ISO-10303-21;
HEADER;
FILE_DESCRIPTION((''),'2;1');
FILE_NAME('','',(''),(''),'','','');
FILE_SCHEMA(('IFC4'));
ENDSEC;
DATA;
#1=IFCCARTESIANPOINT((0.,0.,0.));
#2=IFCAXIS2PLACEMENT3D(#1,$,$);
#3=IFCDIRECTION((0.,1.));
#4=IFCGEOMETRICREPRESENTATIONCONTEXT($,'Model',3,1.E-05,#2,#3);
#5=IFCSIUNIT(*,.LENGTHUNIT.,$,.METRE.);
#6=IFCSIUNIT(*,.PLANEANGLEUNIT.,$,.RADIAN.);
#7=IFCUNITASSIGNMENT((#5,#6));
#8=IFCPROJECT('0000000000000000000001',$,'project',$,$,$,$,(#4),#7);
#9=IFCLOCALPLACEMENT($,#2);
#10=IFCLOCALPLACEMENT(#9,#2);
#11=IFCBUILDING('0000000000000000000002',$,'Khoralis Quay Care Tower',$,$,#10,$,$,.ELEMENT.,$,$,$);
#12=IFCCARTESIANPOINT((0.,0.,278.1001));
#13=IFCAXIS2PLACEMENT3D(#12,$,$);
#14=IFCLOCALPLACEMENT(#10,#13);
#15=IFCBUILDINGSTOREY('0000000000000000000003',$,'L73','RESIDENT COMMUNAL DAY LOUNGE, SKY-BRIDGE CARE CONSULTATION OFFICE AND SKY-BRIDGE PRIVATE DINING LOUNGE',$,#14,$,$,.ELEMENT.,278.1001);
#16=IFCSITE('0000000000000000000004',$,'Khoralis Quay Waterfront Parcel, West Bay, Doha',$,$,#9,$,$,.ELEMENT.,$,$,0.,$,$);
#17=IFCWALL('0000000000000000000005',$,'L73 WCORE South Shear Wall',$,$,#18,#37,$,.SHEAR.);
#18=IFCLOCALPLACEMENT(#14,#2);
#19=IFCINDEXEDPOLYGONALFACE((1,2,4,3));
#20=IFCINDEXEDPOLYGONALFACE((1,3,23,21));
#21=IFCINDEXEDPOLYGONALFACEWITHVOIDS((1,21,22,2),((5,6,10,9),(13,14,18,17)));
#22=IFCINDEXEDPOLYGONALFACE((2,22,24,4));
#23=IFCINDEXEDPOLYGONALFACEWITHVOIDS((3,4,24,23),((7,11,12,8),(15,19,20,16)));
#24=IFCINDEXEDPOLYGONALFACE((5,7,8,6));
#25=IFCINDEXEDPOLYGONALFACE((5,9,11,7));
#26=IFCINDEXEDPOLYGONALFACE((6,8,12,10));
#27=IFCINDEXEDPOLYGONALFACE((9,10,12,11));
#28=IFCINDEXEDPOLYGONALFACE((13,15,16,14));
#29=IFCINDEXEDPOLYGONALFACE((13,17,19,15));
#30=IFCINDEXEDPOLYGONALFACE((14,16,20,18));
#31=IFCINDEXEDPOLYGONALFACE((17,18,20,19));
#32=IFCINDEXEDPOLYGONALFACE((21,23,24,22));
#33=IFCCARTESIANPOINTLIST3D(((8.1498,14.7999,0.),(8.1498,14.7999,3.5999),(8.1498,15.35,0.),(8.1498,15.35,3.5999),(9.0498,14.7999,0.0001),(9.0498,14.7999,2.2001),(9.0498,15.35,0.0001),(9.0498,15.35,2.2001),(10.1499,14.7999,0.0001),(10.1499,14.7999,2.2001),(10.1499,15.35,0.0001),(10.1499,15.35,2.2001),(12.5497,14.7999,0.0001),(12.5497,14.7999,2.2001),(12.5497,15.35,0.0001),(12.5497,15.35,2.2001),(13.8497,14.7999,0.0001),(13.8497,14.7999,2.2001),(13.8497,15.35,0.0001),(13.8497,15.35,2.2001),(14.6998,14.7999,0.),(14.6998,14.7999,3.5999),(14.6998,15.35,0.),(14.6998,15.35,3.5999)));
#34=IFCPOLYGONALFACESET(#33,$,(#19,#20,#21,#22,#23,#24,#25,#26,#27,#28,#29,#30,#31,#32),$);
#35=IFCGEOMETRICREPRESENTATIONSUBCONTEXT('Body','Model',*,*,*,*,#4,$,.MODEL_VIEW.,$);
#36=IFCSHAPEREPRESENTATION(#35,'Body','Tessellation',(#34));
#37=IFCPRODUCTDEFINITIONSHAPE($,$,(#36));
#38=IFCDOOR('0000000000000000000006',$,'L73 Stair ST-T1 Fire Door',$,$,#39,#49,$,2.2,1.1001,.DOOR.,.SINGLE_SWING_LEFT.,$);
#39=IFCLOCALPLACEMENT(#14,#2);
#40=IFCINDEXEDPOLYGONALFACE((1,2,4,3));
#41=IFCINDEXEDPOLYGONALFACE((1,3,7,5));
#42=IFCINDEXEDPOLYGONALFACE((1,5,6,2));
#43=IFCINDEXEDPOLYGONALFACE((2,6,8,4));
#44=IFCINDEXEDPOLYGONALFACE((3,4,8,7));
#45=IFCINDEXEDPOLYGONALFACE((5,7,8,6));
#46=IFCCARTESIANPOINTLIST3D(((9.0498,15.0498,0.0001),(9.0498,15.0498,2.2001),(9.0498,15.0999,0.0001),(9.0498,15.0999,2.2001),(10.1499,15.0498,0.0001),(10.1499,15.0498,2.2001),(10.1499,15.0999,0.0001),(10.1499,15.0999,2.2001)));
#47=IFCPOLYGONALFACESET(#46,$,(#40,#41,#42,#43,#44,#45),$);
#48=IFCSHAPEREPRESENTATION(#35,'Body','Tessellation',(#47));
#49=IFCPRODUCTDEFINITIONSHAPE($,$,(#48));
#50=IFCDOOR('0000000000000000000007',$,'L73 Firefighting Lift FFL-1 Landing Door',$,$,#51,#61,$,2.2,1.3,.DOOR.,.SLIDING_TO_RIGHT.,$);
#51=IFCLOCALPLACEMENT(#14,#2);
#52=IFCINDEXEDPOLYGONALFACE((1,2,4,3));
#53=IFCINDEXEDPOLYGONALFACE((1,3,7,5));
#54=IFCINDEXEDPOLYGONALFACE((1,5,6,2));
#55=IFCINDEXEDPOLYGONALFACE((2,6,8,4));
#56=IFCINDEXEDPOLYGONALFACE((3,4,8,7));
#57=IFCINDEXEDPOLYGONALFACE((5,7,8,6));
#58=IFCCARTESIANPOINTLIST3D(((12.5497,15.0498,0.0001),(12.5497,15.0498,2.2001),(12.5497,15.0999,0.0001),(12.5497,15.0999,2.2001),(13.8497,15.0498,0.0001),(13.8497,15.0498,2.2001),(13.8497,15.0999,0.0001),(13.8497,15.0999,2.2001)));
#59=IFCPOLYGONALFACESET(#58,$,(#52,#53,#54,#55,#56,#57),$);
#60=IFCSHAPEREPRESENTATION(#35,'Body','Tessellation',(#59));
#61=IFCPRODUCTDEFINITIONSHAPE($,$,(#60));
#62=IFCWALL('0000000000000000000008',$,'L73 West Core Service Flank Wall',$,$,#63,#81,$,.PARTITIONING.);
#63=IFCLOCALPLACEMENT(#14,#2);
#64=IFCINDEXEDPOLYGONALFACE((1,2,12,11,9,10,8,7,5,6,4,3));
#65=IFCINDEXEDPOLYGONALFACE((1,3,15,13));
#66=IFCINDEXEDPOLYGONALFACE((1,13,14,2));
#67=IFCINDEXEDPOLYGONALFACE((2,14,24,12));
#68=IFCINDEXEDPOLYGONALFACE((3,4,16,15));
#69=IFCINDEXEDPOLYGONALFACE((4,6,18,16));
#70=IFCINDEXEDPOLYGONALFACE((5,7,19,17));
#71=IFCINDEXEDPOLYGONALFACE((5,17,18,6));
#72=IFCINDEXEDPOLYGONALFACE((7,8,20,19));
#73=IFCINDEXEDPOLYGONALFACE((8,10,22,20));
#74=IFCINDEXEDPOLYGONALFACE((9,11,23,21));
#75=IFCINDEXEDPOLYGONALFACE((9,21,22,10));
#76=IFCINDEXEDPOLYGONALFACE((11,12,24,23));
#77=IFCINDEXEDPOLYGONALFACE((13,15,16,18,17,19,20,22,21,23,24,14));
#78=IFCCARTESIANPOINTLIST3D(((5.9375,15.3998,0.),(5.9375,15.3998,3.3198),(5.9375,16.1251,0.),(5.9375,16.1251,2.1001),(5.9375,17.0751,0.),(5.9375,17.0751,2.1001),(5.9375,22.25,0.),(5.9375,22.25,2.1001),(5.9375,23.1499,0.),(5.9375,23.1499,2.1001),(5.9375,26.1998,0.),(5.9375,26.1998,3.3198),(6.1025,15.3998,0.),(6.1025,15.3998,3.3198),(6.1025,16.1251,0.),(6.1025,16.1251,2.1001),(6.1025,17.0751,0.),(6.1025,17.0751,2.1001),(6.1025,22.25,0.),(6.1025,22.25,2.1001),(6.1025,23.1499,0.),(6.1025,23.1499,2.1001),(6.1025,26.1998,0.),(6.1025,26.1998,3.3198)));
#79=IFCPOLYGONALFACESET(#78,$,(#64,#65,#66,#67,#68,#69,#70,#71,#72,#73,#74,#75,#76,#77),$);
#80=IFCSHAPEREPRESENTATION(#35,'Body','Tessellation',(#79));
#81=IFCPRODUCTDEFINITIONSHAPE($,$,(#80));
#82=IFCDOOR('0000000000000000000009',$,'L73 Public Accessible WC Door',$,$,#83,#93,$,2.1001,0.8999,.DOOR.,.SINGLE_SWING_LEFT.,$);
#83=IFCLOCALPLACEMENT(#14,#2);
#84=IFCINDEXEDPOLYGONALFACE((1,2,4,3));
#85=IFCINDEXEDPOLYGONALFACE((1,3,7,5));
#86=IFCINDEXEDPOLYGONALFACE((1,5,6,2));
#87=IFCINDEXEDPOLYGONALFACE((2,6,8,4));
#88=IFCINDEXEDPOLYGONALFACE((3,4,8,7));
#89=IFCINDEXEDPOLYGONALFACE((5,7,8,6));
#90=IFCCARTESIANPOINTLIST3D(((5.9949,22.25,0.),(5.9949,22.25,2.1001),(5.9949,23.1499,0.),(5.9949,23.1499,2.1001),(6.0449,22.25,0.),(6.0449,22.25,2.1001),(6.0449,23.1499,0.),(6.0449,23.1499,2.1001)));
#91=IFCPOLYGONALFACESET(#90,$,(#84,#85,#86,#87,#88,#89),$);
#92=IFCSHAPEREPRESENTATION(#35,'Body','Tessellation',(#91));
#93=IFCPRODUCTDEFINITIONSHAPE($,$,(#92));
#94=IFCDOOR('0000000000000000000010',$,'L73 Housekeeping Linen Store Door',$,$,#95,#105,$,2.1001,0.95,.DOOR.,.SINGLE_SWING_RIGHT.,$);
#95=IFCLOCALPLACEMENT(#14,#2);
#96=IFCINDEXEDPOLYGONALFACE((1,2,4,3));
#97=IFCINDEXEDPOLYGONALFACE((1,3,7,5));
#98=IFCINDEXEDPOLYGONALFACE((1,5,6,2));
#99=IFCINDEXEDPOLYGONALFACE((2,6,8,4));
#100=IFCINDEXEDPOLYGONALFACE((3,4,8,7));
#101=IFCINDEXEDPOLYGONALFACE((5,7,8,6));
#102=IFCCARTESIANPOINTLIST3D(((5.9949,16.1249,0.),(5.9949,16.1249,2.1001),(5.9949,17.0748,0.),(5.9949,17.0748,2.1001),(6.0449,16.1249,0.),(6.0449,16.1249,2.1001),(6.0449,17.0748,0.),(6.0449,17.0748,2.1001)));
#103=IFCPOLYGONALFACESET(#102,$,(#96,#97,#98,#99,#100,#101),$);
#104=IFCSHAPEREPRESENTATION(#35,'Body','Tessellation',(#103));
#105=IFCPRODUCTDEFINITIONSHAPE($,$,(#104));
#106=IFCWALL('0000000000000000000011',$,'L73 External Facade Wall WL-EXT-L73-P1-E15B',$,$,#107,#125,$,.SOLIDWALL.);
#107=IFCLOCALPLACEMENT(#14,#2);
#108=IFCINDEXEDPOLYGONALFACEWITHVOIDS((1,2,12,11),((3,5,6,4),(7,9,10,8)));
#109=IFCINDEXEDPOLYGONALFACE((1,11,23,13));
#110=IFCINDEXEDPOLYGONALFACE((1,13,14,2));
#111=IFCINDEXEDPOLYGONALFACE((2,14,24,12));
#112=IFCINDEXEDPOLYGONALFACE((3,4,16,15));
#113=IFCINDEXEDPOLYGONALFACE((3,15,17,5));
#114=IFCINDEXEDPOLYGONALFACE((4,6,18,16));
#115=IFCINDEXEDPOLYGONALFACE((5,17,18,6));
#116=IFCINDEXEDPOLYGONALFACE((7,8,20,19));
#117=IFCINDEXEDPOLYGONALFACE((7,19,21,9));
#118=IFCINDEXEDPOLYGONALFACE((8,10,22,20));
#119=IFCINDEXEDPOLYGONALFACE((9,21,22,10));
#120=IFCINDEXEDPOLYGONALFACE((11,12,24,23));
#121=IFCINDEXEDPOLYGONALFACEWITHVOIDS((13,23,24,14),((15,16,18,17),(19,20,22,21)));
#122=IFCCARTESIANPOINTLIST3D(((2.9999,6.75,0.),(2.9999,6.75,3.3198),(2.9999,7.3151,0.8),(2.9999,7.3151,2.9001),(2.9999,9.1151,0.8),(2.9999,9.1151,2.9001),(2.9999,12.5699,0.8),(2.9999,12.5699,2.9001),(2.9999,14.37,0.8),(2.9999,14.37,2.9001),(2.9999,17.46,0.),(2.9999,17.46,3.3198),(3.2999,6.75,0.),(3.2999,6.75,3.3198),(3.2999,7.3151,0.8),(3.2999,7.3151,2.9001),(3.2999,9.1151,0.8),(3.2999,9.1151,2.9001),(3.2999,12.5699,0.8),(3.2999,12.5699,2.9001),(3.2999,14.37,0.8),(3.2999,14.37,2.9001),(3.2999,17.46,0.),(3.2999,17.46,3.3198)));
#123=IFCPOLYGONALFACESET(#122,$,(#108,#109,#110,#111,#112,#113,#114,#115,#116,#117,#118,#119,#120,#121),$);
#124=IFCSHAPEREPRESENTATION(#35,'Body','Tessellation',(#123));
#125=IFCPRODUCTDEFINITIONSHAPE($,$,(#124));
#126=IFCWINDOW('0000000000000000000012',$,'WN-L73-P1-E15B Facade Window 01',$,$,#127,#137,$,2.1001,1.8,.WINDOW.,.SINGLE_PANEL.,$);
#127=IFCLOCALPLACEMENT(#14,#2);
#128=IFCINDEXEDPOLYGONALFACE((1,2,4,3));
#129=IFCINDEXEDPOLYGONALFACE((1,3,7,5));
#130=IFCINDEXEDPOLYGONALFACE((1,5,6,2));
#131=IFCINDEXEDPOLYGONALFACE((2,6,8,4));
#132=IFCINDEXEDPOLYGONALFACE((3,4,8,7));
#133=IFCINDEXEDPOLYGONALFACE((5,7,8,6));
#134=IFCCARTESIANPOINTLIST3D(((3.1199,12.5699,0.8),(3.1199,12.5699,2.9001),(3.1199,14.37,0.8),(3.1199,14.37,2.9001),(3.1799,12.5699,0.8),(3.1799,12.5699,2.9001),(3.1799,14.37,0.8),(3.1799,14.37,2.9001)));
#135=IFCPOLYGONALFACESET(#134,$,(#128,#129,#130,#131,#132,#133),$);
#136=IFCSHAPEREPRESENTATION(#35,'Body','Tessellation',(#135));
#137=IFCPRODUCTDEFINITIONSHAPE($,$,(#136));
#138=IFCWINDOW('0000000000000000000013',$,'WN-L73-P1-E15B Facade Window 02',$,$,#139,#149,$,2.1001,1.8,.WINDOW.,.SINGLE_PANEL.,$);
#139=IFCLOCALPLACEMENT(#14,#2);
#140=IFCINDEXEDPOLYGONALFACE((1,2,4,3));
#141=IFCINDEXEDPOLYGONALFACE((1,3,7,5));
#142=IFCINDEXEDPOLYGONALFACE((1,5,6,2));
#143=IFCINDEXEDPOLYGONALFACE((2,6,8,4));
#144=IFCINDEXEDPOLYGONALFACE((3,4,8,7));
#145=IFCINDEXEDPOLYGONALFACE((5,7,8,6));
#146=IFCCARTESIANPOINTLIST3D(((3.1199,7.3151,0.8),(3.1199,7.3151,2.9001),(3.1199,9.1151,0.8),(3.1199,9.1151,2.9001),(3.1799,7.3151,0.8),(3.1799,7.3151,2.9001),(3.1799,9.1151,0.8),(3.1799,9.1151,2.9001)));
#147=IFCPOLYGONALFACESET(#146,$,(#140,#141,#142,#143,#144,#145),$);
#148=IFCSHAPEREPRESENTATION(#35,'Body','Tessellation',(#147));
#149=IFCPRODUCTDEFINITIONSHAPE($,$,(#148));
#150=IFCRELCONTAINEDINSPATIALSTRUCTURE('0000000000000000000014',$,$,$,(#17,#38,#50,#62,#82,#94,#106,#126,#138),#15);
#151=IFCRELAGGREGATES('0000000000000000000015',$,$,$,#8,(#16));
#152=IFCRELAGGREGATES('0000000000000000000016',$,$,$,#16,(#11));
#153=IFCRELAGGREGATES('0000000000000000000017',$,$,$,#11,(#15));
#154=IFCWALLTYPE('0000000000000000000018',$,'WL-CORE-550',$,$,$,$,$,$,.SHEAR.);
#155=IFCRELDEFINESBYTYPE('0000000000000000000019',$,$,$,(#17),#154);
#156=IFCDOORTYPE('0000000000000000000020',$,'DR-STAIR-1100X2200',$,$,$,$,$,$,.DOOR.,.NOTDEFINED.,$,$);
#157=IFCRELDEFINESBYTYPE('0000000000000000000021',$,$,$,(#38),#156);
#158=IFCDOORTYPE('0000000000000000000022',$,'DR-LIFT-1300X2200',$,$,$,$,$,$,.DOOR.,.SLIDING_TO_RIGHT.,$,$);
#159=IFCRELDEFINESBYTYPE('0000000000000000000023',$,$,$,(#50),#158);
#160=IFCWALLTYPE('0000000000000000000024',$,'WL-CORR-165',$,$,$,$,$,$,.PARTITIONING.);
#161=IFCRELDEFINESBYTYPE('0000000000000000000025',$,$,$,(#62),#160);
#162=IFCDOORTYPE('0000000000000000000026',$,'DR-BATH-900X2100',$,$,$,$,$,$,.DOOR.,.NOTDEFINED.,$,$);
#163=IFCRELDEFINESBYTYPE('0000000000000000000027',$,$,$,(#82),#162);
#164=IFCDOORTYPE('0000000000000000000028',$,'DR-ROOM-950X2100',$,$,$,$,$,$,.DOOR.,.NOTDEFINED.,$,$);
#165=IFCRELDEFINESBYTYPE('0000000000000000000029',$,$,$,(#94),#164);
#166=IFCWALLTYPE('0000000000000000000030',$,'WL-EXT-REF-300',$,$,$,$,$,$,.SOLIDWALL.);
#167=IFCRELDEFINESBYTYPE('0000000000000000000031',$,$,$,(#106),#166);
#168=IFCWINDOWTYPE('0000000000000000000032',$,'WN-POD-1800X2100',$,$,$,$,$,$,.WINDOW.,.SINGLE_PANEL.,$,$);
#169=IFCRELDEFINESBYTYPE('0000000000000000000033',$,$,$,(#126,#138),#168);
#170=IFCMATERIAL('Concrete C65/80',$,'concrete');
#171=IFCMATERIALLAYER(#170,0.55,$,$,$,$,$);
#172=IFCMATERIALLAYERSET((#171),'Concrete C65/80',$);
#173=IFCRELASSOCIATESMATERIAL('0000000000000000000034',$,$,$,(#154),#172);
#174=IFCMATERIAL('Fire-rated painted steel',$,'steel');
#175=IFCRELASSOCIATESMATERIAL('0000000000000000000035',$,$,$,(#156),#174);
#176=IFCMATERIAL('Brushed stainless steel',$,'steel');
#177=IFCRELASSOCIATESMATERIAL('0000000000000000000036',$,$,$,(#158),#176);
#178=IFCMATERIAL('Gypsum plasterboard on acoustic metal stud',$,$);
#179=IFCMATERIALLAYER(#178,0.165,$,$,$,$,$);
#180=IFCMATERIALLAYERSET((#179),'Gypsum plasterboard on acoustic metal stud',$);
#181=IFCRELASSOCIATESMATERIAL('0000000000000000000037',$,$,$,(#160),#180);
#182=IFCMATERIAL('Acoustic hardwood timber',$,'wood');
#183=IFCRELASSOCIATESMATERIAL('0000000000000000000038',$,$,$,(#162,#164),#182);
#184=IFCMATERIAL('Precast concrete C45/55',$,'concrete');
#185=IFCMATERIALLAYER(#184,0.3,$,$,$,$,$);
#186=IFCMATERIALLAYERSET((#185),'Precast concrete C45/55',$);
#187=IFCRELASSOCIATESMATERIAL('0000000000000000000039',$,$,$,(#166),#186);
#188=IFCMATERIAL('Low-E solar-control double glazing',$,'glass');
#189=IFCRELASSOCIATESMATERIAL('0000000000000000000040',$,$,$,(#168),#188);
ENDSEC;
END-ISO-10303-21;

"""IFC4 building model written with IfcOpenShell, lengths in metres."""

from ifc_helpers import new_model, si_unit, direction, frame, frame_2d, origin, place, context, subcontext, project, spatial, rectangle, extrude, source, transform, mapped, material, layer, layer_set, type_object, element, fill, save


model = new_model("IFC4")

# Units and contexts
model_context = context("Model", 3, precision=1e-05, world=origin(), true_north=direction((0.0, 1.0)))
body_context = subcontext(model_context, "Body", "Model", "MODEL_VIEW")
ifc_project = project(units=[si_unit("LENGTHUNIT", "METRE"), si_unit("PLANEANGLEUNIT", "RADIAN")], contexts=[model_context])

# Site, building, storey
site_placement = place(None, origin())
site = spatial("IfcSite", under=ifc_project, at=site_placement, Name="Khoralis Quay Waterfront Parcel, West Bay, Doha", CompositionType="ELEMENT", RefElevation=0.0)
building_placement = place(site_placement, origin())
building = spatial("IfcBuilding", under=site, at=building_placement, Name="Khoralis Quay Care Tower", CompositionType="ELEMENT")
storey_placement = place(building_placement, frame((0.0, 0.0, 278.1001)))
storey = spatial("IfcBuildingStorey", under=building, at=storey_placement, Name="L73", Description="RESIDENT COMMUNAL DAY LOUNGE, SKY-BRIDGE CARE CONSULTATION OFFICE AND SKY-BRIDGE PRIVATE DINING LOUNGE", CompositionType="ELEMENT", Elevation=278.1001)

# Shared definitions
ifc_material_1 = material(Name="Low-E solar-control double glazing", Category="glass")

# Walls, openings, doors
ifc_material_2 = material(Name="Concrete C65/80", Category="concrete")
ifc_layer_1 = layer(ifc_material_2, 0.55)
ifc_layer_set_1 = layer_set([ifc_layer_1], Name="Concrete C65/80")
wall_type_1 = type_object("IfcWallType", Name="WL-CORE-550", PredefinedType="SHEAR", material=ifc_layer_set_1)
wall_1_placement = place(storey_placement, frame((8.1499, 15.075, 0.0), z_axis=(0.0, 0.0, 1.0), x_axis=(1.0, 0.0, 0.0)))
wall_1 = element("IfcWall", 1, at=wall_1_placement, inside=storey, type_object=wall_type_1, Name="L73 WCORE South Shear Wall", PredefinedType="SHEAR", context=body_context, shape_type="SweptSolid", body=[
    extrude(rectangle(XDim=6.55, YDim=0.55, at=frame_2d((3.2749, 0.0))), origin(), (0.0, 0.0, 1.0), 3.5999),
])
opening_1_placement = place(wall_1_placement, frame((0.8999, 0.0, 0.0)))
opening_1 = element("IfcOpeningElement", 2, at=opening_1_placement, cuts=wall_1, PredefinedType="OPENING", context=body_context, shape_type="SweptSolid", body=[
    extrude(rectangle(XDim=1.1001, YDim=2.2, at=frame_2d((0.55, 1.1001))), frame((0.0, 0.2852, 0.0), z_axis=(0.0, -1.0, 0.0), x_axis=(1.0, 0.0, 0.0)), (0.0, 0.0, 1.0), 0.5701),
])
opening_2_placement = place(wall_1_placement, frame((4.3999, 0.0, 0.0)))
opening_2 = element("IfcOpeningElement", 3, at=opening_2_placement, cuts=wall_1, PredefinedType="OPENING", context=body_context, shape_type="SweptSolid", body=[
    extrude(rectangle(XDim=1.3, YDim=2.2, at=frame_2d((0.6499, 1.1001))), frame((0.0, 0.2852, 0.0), z_axis=(0.0, -1.0, 0.0), x_axis=(1.0, 0.0, 0.0)), (0.0, 0.0, 1.0), 0.5701),
])
ifc_material_3 = material(Name="Fire-rated painted steel", Category="steel")
door_type_1 = type_object("IfcDoorType", Name="DR-STAIR-1100X2200", OperationType="NOTDEFINED", PredefinedType="DOOR", material=ifc_material_3)
shared_shape_1 = source(origin(), body_context, "Body", "SweptSolid", [
    extrude(rectangle(XDim=1.1001, YDim=2.2, at=frame_2d((0.55, 1.1001))), frame((0.0, 0.0249, 0.0), z_axis=(0.0, -1.0, 0.0), x_axis=(1.0, 0.0, 0.0)), (0.0, 0.0, 1.0), 0.05),
])
door_1_placement = place(opening_1_placement, origin())
door_1 = element("IfcDoor", 4, at=door_1_placement, inside=storey, type_object=door_type_1, Name="L73 Stair ST-T1 Fire Door", OperationType="SINGLE_SWING_LEFT", OverallHeight=2.2, OverallWidth=1.1001, PredefinedType="DOOR", context=body_context, shape_type="MappedRepresentation", body=[
    mapped(shared_shape_1, transform((0.0, 0.0, 0.0), scale=1.0)),
])
fill(opening_1, door_1)
ifc_material_4 = material(Name="Brushed stainless steel", Category="steel")
door_type_2 = type_object("IfcDoorType", Name="DR-LIFT-1300X2200", OperationType="SLIDING_TO_RIGHT", PredefinedType="DOOR", material=ifc_material_4)
shared_shape_2 = source(origin(), body_context, "Body", "SweptSolid", [
    extrude(rectangle(XDim=1.3, YDim=2.2, at=frame_2d((0.6499, 1.1001))), frame((0.0, 0.0249, 0.0), z_axis=(0.0, -1.0, 0.0), x_axis=(1.0, 0.0, 0.0)), (0.0, 0.0, 1.0), 0.05),
])
door_2_placement = place(opening_2_placement, origin())
door_2 = element("IfcDoor", 5, at=door_2_placement, inside=storey, type_object=door_type_2, Name="L73 Firefighting Lift FFL-1 Landing Door", OperationType="SLIDING_TO_RIGHT", OverallHeight=2.2, OverallWidth=1.3, PredefinedType="DOOR", context=body_context, shape_type="MappedRepresentation", body=[
    mapped(shared_shape_2, transform((0.0, 0.0, 0.0), scale=1.0)),
])
fill(opening_2, door_2)
ifc_material_5 = material(Name="Gypsum plasterboard on acoustic metal stud")
ifc_layer_2 = layer(ifc_material_5, 0.165)
ifc_layer_set_2 = layer_set([ifc_layer_2], Name="Gypsum plasterboard on acoustic metal stud")
wall_type_2 = type_object("IfcWallType", Name="WL-CORR-165", PredefinedType="PARTITIONING", material=ifc_layer_set_2)
wall_2_placement = place(storey_placement, frame((6.02, 15.3999, 0.0), z_axis=(0.0, 0.0, 1.0), x_axis=(0.0, 1.0, 0.0)))
wall_2 = element("IfcWall", 6, at=wall_2_placement, inside=storey, type_object=wall_type_2, Name="L73 West Core Service Flank Wall", PredefinedType="PARTITIONING", context=body_context, shape_type="SweptSolid", body=[
    extrude(rectangle(XDim=10.8, YDim=0.165, at=frame_2d((5.3999, 0.0))), origin(), (0.0, 0.0, 1.0), 3.3198),
])
opening_3_placement = place(wall_2_placement, frame((0.7251, 0.0, 0.0)))
opening_3 = element("IfcOpeningElement", 7, at=opening_3_placement, cuts=wall_2, PredefinedType="OPENING", context=body_context, shape_type="SweptSolid", body=[
    extrude(rectangle(XDim=0.95, YDim=2.1001, at=frame_2d((0.4751, 1.05))), frame((0.0, 0.0925, 0.0), z_axis=(0.0, -1.0, 0.0), x_axis=(1.0, 0.0, 0.0)), (0.0, 0.0, 1.0), 0.1851),
])
opening_4_placement = place(wall_2_placement, frame((6.8501, 0.0, 0.0)))
opening_4 = element("IfcOpeningElement", 8, at=opening_4_placement, cuts=wall_2, PredefinedType="OPENING", context=body_context, shape_type="SweptSolid", body=[
    extrude(rectangle(XDim=0.8999, YDim=2.1001, at=frame_2d((0.45, 1.05))), frame((0.0, 0.0925, 0.0), z_axis=(0.0, -1.0, 0.0), x_axis=(1.0, 0.0, 0.0)), (0.0, 0.0, 1.0), 0.1851),
])
ifc_material_6 = material(Name="Acoustic hardwood timber", Category="wood")
door_type_3 = type_object("IfcDoorType", Name="DR-BATH-900X2100", OperationType="NOTDEFINED", PredefinedType="DOOR", material=ifc_material_6)
shared_shape_3 = source(origin(), body_context, "Body", "SweptSolid", [
    extrude(rectangle(XDim=0.8999, YDim=2.1001, at=frame_2d((0.45, 1.05))), frame((0.0, 0.0249, 0.0), z_axis=(0.0, -1.0, 0.0), x_axis=(1.0, 0.0, 0.0)), (0.0, 0.0, 1.0), 0.05),
])
door_3_placement = place(opening_4_placement, frame((0.8999, 0.0, 0.0), z_axis=(0.0, 0.0, 1.0), x_axis=(-1.0, 0.0, 0.0)))
door_3 = element("IfcDoor", 9, at=door_3_placement, inside=storey, type_object=door_type_3, Name="L73 Public Accessible WC Door", OperationType="SINGLE_SWING_LEFT", OverallHeight=2.1001, OverallWidth=0.8999, PredefinedType="DOOR", context=body_context, shape_type="MappedRepresentation", body=[
    mapped(shared_shape_3, transform((0.0, 0.0, 0.0), scale=1.0)),
])
fill(opening_4, door_3)
door_type_4 = type_object("IfcDoorType", Name="DR-ROOM-950X2100", OperationType="NOTDEFINED", PredefinedType="DOOR", material=ifc_material_6)
shared_shape_4 = source(origin(), body_context, "Body", "SweptSolid", [
    extrude(rectangle(XDim=0.95, YDim=2.1001, at=frame_2d((0.4751, 1.05))), frame((0.0, 0.0249, 0.0), z_axis=(0.0, -1.0, 0.0), x_axis=(1.0, 0.0, 0.0)), (0.0, 0.0, 1.0), 0.05),
])
door_4_placement = place(opening_3_placement, frame((0.95, 0.0, 0.0), z_axis=(0.0, 0.0, 1.0), x_axis=(-1.0, 0.0, 0.0)))
door_4 = element("IfcDoor", 10, at=door_4_placement, inside=storey, type_object=door_type_4, Name="L73 Housekeeping Linen Store Door", OperationType="SINGLE_SWING_RIGHT", OverallHeight=2.1001, OverallWidth=0.95, PredefinedType="DOOR", context=body_context, shape_type="MappedRepresentation", body=[
    mapped(shared_shape_4, transform((0.0, 0.0, 0.0), scale=1.0)),
])
fill(opening_3, door_4)

# Wall, openings, windows
ifc_material_7 = material(Name="Precast concrete C45/55", Category="concrete")
ifc_layer_3 = layer(ifc_material_7, 0.3)
ifc_layer_set_3 = layer_set([ifc_layer_3], Name="Precast concrete C45/55")
wall_type_3 = type_object("IfcWallType", Name="WL-EXT-REF-300", PredefinedType="SOLIDWALL", material=ifc_layer_set_3)
wall_3_placement = place(storey_placement, frame((3.1499, 17.46, 0.0), z_axis=(0.0, 0.0, 1.0), x_axis=(0.0, -1.0, 0.0)))
wall_3 = element("IfcWall", 11, at=wall_3_placement, inside=storey, type_object=wall_type_3, Name="L73 External Facade Wall WL-EXT-L73-P1-E15B", PredefinedType="SOLIDWALL", context=body_context, shape_type="SweptSolid", body=[
    extrude(rectangle(XDim=10.71, YDim=0.3, at=frame_2d((5.355, 0.0))), origin(), (0.0, 0.0, 1.0), 3.3198),
])
opening_5_placement = place(wall_3_placement, frame((3.0901, 0.0, 0.8)))
opening_5 = element("IfcOpeningElement", 12, at=opening_5_placement, cuts=wall_3, PredefinedType="OPENING", context=body_context, shape_type="SweptSolid", body=[
    extrude(rectangle(XDim=1.8, YDim=2.1001, at=frame_2d((0.8999, 1.05))), frame((0.0, 0.1602, 0.0), z_axis=(0.0, -1.0, 0.0), x_axis=(1.0, 0.0, 0.0)), (0.0, 0.0, 1.0), 0.3201),
])
opening_6_placement = place(wall_3_placement, frame((8.345, 0.0, 0.8)))
opening_6 = element("IfcOpeningElement", 13, at=opening_6_placement, cuts=wall_3, PredefinedType="OPENING", context=body_context, shape_type="SweptSolid", body=[
    extrude(rectangle(XDim=1.8, YDim=2.1001, at=frame_2d((0.8999, 1.05))), frame((0.0, 0.1602, 0.0), z_axis=(0.0, -1.0, 0.0), x_axis=(1.0, 0.0, 0.0)), (0.0, 0.0, 1.0), 0.3201),
])
window_type = type_object("IfcWindowType", Name="WN-POD-1800X2100", PartitioningType="SINGLE_PANEL", PredefinedType="WINDOW", material=ifc_material_1)
shared_shape_5 = source(origin(), body_context, "Body", "SweptSolid", [
    extrude(rectangle(XDim=1.8, YDim=2.1001, at=frame_2d((0.8999, 1.05))), frame((0.0, 0.03, 0.0), z_axis=(0.0, -1.0, 0.0), x_axis=(1.0, 0.0, 0.0)), (0.0, 0.0, 1.0), 0.0601),
])
window_1_placement = place(opening_5_placement, origin())
window_1 = element("IfcWindow", 14, at=window_1_placement, inside=storey, type_object=window_type, Name="WN-L73-P1-E15B Facade Window 01", OverallHeight=2.1001, OverallWidth=1.8, PartitioningType="SINGLE_PANEL", PredefinedType="WINDOW", context=body_context, shape_type="MappedRepresentation", body=[
    mapped(shared_shape_5, transform((0.0, 0.0, 0.0), scale=1.0)),
])
fill(opening_5, window_1)
window_2_placement = place(opening_6_placement, origin())
window_2 = element("IfcWindow", 15, at=window_2_placement, inside=storey, type_object=window_type, Name="WN-L73-P1-E15B Facade Window 02", OverallHeight=2.1001, OverallWidth=1.8, PartitioningType="SINGLE_PANEL", PredefinedType="WINDOW", context=body_context, shape_type="MappedRepresentation", body=[
    mapped(shared_shape_5, transform((0.0, 0.0, 0.0), scale=1.0)),
])
fill(opening_6, window_2)

save(model, "model.ifc")
